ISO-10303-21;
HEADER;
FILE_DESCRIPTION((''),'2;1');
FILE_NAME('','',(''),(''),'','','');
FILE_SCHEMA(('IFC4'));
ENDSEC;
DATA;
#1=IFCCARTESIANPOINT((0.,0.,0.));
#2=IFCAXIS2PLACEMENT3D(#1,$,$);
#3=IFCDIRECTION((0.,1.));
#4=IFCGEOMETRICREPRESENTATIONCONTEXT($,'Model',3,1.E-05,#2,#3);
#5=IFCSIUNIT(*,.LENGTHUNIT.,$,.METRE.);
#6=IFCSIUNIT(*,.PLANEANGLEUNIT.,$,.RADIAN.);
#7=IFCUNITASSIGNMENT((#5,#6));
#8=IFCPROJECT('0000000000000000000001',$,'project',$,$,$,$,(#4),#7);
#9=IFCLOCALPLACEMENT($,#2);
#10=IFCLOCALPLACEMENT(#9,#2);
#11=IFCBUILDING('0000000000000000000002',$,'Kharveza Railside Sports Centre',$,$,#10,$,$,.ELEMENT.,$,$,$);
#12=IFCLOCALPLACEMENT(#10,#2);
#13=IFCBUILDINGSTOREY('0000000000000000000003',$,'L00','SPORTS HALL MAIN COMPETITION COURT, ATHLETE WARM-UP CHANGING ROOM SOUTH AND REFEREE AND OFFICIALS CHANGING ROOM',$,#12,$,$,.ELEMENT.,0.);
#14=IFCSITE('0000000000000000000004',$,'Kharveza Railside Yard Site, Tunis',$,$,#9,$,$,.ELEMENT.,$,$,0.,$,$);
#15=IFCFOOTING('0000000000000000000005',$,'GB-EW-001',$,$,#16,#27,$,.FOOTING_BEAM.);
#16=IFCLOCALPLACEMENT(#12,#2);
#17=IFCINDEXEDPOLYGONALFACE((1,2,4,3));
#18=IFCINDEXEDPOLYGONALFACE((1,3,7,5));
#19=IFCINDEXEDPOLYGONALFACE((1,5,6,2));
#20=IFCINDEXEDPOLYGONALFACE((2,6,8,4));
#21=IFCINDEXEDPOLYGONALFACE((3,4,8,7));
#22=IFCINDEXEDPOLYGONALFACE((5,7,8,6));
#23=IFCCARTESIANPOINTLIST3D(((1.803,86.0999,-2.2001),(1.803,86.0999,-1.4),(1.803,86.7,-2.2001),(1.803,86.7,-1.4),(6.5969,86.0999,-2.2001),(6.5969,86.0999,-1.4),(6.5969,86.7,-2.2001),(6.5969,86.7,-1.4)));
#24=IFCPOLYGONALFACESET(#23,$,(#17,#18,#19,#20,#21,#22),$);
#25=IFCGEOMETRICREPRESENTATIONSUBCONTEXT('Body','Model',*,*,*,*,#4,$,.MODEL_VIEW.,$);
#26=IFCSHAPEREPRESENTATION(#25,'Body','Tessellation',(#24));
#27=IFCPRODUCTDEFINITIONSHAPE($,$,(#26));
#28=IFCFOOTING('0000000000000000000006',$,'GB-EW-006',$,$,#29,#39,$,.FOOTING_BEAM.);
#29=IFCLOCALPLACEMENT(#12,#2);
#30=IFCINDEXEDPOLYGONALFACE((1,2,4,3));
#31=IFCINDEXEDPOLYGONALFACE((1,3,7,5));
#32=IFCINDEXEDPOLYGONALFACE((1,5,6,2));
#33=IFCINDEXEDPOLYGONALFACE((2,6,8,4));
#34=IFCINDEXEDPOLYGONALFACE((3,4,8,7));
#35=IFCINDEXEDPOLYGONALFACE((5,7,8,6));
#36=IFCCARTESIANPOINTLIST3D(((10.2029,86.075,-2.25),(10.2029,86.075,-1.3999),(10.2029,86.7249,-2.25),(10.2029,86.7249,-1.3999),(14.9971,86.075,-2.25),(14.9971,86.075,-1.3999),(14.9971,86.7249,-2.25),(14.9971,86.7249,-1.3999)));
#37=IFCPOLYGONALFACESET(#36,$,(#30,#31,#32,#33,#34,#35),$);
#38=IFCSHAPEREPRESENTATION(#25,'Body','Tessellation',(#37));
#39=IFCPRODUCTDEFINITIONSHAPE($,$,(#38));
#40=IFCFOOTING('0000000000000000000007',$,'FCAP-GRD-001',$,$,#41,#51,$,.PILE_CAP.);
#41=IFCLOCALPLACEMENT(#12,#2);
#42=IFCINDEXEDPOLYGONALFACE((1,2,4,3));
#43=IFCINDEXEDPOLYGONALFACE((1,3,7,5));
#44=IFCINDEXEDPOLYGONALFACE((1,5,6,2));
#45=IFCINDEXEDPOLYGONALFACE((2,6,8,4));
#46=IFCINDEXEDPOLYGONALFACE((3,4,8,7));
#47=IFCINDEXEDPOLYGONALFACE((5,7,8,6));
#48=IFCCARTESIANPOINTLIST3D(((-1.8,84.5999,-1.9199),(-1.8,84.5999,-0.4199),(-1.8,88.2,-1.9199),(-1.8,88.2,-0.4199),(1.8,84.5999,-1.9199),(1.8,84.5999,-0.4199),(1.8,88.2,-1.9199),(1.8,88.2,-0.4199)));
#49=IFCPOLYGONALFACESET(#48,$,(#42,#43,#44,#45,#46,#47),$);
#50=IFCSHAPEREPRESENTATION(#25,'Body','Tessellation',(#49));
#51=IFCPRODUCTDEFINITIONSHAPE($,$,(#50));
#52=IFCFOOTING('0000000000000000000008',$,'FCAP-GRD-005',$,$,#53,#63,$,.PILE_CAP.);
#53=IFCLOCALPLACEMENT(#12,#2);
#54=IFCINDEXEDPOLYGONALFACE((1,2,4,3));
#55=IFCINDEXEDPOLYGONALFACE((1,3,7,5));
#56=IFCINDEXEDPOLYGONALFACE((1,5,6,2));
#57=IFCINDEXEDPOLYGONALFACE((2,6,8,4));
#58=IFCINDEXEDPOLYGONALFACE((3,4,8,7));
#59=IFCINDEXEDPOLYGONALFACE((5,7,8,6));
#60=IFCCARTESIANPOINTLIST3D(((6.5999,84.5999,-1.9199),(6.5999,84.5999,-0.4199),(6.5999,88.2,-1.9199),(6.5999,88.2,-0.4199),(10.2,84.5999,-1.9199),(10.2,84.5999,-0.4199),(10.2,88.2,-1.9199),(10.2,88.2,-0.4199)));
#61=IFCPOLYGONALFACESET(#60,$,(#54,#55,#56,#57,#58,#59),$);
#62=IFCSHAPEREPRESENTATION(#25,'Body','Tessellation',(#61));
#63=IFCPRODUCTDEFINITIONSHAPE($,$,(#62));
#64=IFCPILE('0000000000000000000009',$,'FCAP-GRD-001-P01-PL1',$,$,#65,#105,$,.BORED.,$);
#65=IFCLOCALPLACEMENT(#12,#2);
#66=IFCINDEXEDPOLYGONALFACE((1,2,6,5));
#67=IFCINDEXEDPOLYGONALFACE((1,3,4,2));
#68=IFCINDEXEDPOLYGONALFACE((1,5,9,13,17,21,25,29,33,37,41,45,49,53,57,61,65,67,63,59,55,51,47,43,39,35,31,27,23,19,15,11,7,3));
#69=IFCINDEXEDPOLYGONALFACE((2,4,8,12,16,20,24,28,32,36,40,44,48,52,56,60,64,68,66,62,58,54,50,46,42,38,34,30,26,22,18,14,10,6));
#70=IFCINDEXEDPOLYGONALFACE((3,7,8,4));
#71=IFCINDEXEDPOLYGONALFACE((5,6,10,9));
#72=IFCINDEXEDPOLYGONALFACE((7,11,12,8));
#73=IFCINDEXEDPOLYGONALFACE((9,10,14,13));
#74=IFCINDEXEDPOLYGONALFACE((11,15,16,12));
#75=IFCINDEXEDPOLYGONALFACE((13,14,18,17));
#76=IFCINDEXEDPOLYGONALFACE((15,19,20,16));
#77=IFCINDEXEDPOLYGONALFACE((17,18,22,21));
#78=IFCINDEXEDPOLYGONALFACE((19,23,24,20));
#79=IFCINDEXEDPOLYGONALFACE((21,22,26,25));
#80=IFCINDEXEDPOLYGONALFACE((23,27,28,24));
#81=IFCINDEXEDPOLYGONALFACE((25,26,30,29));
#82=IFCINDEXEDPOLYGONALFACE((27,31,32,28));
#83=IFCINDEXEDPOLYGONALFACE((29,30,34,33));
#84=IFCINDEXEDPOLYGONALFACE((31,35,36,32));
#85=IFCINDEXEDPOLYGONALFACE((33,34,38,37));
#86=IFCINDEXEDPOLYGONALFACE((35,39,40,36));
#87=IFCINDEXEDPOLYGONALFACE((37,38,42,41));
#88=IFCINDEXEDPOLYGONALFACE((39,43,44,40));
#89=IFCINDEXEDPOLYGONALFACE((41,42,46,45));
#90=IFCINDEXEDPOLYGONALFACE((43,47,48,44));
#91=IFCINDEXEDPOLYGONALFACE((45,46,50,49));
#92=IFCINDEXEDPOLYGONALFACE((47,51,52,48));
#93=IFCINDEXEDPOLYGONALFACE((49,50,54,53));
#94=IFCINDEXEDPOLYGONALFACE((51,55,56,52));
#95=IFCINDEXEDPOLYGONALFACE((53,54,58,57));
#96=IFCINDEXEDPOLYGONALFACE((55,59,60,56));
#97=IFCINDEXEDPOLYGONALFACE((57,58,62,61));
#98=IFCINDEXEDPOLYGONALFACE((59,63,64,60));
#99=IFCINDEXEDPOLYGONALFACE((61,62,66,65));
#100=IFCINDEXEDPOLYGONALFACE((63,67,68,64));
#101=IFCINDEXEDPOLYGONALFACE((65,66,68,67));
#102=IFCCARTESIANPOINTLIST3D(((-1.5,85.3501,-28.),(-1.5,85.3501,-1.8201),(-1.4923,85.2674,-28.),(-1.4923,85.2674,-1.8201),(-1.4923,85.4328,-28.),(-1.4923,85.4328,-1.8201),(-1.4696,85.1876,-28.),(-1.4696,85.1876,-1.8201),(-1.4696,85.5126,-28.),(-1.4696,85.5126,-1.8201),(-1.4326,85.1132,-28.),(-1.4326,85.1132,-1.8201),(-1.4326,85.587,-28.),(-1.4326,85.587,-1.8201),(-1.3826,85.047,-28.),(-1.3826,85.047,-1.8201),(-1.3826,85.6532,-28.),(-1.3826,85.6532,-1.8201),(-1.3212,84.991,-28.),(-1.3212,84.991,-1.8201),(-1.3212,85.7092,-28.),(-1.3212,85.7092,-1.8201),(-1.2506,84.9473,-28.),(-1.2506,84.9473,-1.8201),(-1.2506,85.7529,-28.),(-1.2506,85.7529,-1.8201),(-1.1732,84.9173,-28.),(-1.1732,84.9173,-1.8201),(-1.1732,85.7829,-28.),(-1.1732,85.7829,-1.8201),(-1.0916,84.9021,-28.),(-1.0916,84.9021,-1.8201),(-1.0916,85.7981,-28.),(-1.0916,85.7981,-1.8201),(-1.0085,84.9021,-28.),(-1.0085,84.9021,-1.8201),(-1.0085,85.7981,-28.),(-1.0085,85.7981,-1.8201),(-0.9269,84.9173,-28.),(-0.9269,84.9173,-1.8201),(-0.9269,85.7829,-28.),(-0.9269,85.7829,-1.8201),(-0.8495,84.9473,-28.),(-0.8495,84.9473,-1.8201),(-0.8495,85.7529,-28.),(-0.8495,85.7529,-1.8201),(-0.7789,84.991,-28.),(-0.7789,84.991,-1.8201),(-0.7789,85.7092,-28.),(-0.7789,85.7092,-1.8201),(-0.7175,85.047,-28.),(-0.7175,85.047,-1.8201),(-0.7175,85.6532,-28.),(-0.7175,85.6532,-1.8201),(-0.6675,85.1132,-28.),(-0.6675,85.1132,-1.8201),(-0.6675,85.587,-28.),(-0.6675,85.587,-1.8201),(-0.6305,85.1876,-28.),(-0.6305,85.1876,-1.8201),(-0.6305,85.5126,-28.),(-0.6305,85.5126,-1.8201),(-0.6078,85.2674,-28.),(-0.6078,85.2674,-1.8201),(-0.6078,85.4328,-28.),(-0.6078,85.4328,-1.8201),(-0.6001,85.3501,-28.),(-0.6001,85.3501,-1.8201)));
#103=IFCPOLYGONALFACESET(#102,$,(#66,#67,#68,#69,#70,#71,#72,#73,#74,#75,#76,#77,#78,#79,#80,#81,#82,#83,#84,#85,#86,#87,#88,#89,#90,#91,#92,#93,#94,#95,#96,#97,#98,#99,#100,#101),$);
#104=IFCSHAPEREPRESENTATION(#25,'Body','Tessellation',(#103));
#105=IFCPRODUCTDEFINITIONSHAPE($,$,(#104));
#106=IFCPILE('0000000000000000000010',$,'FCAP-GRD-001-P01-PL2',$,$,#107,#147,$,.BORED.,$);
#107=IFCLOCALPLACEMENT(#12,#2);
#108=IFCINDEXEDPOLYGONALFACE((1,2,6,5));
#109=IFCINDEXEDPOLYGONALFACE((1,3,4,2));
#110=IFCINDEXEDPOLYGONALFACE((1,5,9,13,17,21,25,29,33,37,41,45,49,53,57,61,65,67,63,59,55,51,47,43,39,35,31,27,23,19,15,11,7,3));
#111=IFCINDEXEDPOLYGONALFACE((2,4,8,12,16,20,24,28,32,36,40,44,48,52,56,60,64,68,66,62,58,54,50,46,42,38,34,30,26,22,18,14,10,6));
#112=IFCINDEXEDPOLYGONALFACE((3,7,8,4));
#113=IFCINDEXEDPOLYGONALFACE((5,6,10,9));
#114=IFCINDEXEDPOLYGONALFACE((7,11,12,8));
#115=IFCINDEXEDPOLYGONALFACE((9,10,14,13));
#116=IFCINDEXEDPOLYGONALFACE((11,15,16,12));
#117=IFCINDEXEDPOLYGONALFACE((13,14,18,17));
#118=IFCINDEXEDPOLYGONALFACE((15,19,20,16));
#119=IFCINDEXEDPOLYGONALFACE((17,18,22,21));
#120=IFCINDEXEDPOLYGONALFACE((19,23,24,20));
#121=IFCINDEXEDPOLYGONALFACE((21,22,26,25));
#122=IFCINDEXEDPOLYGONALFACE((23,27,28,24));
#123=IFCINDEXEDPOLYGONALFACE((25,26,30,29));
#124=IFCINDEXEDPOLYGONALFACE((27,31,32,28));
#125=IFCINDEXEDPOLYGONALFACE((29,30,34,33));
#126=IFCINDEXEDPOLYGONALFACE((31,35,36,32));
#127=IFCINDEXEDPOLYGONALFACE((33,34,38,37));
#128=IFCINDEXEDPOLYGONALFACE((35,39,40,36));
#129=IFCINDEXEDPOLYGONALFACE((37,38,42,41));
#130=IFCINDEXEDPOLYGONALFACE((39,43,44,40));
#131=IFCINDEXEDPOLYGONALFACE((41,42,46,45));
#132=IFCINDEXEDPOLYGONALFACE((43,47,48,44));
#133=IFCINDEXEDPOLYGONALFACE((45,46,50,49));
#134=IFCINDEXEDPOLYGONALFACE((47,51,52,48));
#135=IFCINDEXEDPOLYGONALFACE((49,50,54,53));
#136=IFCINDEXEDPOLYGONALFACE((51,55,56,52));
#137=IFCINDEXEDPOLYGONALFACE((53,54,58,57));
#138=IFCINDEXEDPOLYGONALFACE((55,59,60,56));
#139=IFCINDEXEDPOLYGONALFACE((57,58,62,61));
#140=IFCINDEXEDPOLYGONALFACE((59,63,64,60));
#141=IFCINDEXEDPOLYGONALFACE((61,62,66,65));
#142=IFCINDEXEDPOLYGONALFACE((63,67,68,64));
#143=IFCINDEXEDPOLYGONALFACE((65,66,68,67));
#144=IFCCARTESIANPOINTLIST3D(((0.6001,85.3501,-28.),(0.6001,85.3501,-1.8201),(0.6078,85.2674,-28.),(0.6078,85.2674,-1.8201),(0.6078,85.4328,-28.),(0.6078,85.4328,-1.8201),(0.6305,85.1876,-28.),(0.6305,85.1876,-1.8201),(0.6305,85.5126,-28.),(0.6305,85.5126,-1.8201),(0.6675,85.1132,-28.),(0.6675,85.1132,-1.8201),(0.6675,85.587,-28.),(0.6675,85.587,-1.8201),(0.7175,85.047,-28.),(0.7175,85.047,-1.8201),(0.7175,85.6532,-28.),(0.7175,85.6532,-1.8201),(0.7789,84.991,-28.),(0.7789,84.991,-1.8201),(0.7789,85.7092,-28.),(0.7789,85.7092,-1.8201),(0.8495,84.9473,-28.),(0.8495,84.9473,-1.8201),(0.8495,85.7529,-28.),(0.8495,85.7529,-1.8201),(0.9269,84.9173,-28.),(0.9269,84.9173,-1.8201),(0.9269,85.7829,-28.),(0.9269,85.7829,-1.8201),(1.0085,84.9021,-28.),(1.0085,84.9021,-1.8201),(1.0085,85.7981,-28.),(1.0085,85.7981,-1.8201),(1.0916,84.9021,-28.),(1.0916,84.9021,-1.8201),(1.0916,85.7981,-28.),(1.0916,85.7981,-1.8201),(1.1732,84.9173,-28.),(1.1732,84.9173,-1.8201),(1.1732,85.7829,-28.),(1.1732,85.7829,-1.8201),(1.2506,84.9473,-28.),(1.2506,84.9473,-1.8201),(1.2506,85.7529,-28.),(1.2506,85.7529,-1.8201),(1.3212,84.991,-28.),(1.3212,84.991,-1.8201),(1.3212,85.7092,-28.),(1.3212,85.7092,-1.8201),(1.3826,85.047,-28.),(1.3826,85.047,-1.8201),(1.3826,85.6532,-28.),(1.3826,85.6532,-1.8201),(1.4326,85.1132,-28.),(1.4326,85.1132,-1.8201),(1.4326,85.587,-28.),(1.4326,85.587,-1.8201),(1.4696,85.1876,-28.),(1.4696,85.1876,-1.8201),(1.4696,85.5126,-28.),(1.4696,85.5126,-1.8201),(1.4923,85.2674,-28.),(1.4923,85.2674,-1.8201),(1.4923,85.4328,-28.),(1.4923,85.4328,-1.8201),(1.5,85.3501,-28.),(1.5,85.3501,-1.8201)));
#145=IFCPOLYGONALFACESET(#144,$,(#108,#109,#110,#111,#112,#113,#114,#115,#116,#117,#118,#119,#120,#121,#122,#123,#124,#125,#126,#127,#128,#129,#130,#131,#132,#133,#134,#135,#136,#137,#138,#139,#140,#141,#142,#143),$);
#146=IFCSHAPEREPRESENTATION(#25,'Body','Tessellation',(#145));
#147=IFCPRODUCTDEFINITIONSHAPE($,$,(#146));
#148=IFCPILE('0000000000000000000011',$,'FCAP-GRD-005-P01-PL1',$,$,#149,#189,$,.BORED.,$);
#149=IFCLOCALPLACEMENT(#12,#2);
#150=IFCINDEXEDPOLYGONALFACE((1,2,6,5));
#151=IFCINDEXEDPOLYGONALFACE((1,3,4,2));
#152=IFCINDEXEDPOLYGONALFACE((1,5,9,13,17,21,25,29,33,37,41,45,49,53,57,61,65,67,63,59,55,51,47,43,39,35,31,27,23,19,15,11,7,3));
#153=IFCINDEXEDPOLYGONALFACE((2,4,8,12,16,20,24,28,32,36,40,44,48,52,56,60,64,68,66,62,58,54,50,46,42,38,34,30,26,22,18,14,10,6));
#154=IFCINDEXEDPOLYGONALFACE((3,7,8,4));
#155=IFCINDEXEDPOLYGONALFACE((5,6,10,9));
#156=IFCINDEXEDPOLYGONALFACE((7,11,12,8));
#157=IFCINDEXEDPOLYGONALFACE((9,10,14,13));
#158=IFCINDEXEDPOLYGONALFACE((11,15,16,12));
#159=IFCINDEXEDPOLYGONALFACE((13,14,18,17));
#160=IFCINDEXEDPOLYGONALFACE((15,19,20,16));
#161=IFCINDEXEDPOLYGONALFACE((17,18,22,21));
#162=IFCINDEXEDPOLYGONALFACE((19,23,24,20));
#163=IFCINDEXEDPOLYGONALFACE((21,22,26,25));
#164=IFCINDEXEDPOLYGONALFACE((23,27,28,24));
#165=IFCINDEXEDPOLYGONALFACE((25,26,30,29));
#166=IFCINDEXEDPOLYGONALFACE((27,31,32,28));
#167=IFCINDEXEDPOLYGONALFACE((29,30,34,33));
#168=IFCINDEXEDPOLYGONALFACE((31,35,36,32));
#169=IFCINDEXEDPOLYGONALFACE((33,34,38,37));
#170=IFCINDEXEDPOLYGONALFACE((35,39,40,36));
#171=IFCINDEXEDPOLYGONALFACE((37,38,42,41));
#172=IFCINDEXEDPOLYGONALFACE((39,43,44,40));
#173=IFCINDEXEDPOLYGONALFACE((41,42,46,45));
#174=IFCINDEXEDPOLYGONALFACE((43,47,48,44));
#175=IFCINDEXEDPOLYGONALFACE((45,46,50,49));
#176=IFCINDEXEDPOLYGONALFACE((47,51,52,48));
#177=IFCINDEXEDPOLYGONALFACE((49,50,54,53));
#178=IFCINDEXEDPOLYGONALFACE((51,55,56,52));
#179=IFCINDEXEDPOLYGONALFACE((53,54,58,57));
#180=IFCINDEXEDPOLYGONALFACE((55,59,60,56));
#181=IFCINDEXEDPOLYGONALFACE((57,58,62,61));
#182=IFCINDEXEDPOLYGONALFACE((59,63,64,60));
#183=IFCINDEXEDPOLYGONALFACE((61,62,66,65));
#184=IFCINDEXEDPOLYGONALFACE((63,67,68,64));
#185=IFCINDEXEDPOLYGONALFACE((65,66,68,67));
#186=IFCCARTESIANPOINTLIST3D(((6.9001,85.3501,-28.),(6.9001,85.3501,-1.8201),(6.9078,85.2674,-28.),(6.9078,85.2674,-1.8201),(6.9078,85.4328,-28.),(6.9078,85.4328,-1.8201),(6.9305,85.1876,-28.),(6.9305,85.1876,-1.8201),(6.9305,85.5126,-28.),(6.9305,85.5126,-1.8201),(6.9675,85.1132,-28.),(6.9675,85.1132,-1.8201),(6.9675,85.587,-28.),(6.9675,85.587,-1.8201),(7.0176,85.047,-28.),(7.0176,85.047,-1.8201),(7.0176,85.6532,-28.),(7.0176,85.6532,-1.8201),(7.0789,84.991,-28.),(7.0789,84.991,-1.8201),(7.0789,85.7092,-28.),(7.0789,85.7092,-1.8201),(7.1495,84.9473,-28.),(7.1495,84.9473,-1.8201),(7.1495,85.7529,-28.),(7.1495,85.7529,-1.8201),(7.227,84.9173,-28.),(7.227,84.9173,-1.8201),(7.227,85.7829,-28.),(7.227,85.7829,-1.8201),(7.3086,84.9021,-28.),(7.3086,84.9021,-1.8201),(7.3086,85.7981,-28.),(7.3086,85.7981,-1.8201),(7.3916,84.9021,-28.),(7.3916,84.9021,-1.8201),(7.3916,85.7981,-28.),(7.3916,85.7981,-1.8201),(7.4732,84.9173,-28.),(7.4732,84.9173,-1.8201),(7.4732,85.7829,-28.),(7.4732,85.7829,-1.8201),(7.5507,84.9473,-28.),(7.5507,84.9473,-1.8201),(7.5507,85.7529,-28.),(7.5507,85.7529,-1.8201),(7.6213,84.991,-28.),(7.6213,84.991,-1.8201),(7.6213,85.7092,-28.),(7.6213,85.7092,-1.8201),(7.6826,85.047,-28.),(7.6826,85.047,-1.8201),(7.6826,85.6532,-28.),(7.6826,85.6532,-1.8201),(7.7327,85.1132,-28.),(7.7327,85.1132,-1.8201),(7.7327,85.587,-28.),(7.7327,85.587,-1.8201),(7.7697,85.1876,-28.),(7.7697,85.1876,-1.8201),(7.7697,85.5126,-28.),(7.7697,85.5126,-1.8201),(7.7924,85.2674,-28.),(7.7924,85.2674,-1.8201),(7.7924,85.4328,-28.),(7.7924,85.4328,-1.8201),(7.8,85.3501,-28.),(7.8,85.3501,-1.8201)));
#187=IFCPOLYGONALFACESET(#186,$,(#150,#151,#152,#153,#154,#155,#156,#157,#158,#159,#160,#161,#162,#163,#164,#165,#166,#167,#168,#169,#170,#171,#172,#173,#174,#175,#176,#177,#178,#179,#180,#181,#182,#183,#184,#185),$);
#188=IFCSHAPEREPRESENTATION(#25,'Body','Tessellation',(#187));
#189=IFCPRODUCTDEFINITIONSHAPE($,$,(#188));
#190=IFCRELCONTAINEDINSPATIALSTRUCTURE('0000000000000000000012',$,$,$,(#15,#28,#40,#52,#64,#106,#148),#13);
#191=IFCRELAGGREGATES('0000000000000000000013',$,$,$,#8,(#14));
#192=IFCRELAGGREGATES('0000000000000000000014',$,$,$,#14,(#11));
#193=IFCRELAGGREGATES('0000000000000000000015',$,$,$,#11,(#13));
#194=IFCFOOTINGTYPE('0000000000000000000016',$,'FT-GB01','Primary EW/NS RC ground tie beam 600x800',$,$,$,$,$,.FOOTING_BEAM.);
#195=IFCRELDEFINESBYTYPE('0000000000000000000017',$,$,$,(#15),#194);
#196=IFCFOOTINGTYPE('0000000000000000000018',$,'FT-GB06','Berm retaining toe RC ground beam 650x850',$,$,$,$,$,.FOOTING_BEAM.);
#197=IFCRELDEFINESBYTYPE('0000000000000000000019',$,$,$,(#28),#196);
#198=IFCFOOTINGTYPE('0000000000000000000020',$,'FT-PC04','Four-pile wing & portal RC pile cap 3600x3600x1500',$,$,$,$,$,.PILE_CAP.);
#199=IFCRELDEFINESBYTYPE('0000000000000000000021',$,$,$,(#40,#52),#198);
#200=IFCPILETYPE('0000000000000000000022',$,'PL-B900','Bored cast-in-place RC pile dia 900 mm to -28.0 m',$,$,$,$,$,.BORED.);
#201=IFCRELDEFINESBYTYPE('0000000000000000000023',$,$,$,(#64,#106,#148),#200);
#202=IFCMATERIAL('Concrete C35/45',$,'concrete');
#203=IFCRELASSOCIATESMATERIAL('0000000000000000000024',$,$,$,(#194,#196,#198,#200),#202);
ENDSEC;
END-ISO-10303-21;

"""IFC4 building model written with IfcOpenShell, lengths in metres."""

from ifc_helpers import new_model, si_unit, direction, frame, origin, origin_2d, place, context, subcontext, project, spatial, rectangle, circle, extrude, material, material_profile, profile_set, type_object, element, save


model = new_model("IFC4")

# Units and contexts
model_context = context("Model", 3, precision=1e-05, world=origin(), true_north=direction((0.0, 1.0)))
body_context = subcontext(model_context, "Body", "Model", "MODEL_VIEW")
ifc_project = project(units=[si_unit("LENGTHUNIT", "METRE"), si_unit("PLANEANGLEUNIT", "RADIAN")], contexts=[model_context])

# Site, building, storey
site_placement = place(None, origin())
site = spatial("IfcSite", under=ifc_project, at=site_placement, Name="Kharveza Railside Yard Site, Tunis", CompositionType="ELEMENT", RefElevation=0.0)
building_placement = place(site_placement, origin())
building = spatial("IfcBuilding", under=site, at=building_placement, Name="Kharveza Railside Sports Centre", CompositionType="ELEMENT")
storey_placement = place(building_placement, origin())
storey = spatial("IfcBuildingStorey", under=building, at=storey_placement, Name="L00", Description="SPORTS HALL MAIN COMPETITION COURT, ATHLETE WARM-UP CHANGING ROOM SOUTH AND REFEREE AND OFFICIALS CHANGING ROOM", CompositionType="ELEMENT", Elevation=0.0)

# Footings
ifc_material_1 = material(Name="Concrete C35/45", Category="concrete")
ifc_material_profile_1 = material_profile(ifc_material_1, rectangle(XDim=0.6001, YDim=0.8, at=origin_2d()), Name="GB 600x800")
ifc_profile_set_1 = profile_set([ifc_material_profile_1], Name="Concrete C35/45")
footing_type_1 = type_object("IfcFootingType", Name="FT-GB01", Description="Primary EW/NS RC ground tie beam 600x800", PredefinedType="FOOTING_BEAM", material=ifc_profile_set_1)
footing_1_placement = place(storey_placement, frame((1.803, 86.3999, -1.8), z_axis=(1.0, 0.0, 0.0), x_axis=(0.0, 1.0, 0.0)))
element("IfcFooting", 1, at=footing_1_placement, inside=storey, type_object=footing_type_1, Name="GB-EW-001", PredefinedType="FOOTING_BEAM", context=body_context, shape_type="SweptSolid", body=[
    extrude(rectangle(XDim=0.6001, YDim=0.8, at=origin_2d()), origin(), (0.0, 0.0, 1.0), 4.7939),
])
ifc_material_profile_2 = material_profile(ifc_material_1, rectangle(XDim=0.6499, YDim=0.8501, at=origin_2d()), Name="GB 650x850")
ifc_profile_set_2 = profile_set([ifc_material_profile_2], Name="Concrete C35/45")
footing_type_2 = type_object("IfcFootingType", Name="FT-GB06", Description="Berm retaining toe RC ground beam 650x850", PredefinedType="FOOTING_BEAM", material=ifc_profile_set_2)
footing_2_placement = place(storey_placement, frame((10.2029, 86.3999, -1.825), z_axis=(1.0, 0.0, 0.0), x_axis=(0.0, 1.0, 0.0)))
element("IfcFooting", 2, at=footing_2_placement, inside=storey, type_object=footing_type_2, Name="GB-EW-006", PredefinedType="FOOTING_BEAM", context=body_context, shape_type="SweptSolid", body=[
    extrude(rectangle(XDim=0.6499, YDim=0.8501, at=origin_2d()), origin(), (0.0, 0.0, 1.0), 4.7942),
])
footing_type_3 = type_object("IfcFootingType", Name="FT-PC04", Description="Four-pile wing & portal RC pile cap 3600x3600x1500", PredefinedType="PILE_CAP", material=ifc_material_1)
for number, where, z_axis, x_axis, name in (
    (3, (0.0, 86.3999, -1.9199), (0.0, 0.0, 1.0), (1.0, 0.0, 0.0), "FCAP-GRD-001"),
    (4, (8.3999, 86.3999, -1.9199), (0.0, 0.0, 1.0), (1.0, 0.0, 0.0), "FCAP-GRD-005"),
):
    element("IfcFooting", number, at=place(storey_placement, frame(where, z_axis=z_axis, x_axis=x_axis)), inside=storey, type_object=footing_type_3, Name=name, PredefinedType="PILE_CAP", context=body_context, shape_type="SweptSolid", body=[
        extrude(rectangle(XDim=3.6001, YDim=3.6001, at=origin_2d()), origin(), (0.0, 0.0, 1.0), 1.5),
    ])

# Piles
ifc_material_profile_3 = material_profile(ifc_material_1, circle(Radius=0.45, at=origin_2d()), Name="PILE D900")
ifc_profile_set_3 = profile_set([ifc_material_profile_3], Name="Concrete C35/45")
pile_type = type_object("IfcPileType", Name="PL-B900", Description="Bored cast-in-place RC pile dia 900 mm to -28.0 m", PredefinedType="BORED", material=ifc_profile_set_3)
for number, where, z_axis, x_axis, name in (
    (5, (-1.05, 85.3501, -1.8201), (0.0, 0.0, -1.0), (1.0, 0.0, 0.0), "FCAP-GRD-001-P01-PL1"),
    (6, (1.05, 85.3501, -1.8201), (0.0, 0.0, -1.0), (1.0, 0.0, 0.0), "FCAP-GRD-001-P01-PL2"),
    (7, (7.3501, 85.3501, -1.8201), (0.0, 0.0, -1.0), (1.0, 0.0, 0.0), "FCAP-GRD-005-P01-PL1"),
):
    element("IfcPile", number, at=place(storey_placement, frame(where, z_axis=z_axis, x_axis=x_axis)), inside=storey, type_object=pile_type, Name=name, PredefinedType="BORED", context=body_context, shape_type="SweptSolid", body=[
        extrude(circle(Radius=0.45, at=origin_2d()), origin(), (0.0, 0.0, 1.0), 26.1799),
    ])

save(model, "model.ifc")
